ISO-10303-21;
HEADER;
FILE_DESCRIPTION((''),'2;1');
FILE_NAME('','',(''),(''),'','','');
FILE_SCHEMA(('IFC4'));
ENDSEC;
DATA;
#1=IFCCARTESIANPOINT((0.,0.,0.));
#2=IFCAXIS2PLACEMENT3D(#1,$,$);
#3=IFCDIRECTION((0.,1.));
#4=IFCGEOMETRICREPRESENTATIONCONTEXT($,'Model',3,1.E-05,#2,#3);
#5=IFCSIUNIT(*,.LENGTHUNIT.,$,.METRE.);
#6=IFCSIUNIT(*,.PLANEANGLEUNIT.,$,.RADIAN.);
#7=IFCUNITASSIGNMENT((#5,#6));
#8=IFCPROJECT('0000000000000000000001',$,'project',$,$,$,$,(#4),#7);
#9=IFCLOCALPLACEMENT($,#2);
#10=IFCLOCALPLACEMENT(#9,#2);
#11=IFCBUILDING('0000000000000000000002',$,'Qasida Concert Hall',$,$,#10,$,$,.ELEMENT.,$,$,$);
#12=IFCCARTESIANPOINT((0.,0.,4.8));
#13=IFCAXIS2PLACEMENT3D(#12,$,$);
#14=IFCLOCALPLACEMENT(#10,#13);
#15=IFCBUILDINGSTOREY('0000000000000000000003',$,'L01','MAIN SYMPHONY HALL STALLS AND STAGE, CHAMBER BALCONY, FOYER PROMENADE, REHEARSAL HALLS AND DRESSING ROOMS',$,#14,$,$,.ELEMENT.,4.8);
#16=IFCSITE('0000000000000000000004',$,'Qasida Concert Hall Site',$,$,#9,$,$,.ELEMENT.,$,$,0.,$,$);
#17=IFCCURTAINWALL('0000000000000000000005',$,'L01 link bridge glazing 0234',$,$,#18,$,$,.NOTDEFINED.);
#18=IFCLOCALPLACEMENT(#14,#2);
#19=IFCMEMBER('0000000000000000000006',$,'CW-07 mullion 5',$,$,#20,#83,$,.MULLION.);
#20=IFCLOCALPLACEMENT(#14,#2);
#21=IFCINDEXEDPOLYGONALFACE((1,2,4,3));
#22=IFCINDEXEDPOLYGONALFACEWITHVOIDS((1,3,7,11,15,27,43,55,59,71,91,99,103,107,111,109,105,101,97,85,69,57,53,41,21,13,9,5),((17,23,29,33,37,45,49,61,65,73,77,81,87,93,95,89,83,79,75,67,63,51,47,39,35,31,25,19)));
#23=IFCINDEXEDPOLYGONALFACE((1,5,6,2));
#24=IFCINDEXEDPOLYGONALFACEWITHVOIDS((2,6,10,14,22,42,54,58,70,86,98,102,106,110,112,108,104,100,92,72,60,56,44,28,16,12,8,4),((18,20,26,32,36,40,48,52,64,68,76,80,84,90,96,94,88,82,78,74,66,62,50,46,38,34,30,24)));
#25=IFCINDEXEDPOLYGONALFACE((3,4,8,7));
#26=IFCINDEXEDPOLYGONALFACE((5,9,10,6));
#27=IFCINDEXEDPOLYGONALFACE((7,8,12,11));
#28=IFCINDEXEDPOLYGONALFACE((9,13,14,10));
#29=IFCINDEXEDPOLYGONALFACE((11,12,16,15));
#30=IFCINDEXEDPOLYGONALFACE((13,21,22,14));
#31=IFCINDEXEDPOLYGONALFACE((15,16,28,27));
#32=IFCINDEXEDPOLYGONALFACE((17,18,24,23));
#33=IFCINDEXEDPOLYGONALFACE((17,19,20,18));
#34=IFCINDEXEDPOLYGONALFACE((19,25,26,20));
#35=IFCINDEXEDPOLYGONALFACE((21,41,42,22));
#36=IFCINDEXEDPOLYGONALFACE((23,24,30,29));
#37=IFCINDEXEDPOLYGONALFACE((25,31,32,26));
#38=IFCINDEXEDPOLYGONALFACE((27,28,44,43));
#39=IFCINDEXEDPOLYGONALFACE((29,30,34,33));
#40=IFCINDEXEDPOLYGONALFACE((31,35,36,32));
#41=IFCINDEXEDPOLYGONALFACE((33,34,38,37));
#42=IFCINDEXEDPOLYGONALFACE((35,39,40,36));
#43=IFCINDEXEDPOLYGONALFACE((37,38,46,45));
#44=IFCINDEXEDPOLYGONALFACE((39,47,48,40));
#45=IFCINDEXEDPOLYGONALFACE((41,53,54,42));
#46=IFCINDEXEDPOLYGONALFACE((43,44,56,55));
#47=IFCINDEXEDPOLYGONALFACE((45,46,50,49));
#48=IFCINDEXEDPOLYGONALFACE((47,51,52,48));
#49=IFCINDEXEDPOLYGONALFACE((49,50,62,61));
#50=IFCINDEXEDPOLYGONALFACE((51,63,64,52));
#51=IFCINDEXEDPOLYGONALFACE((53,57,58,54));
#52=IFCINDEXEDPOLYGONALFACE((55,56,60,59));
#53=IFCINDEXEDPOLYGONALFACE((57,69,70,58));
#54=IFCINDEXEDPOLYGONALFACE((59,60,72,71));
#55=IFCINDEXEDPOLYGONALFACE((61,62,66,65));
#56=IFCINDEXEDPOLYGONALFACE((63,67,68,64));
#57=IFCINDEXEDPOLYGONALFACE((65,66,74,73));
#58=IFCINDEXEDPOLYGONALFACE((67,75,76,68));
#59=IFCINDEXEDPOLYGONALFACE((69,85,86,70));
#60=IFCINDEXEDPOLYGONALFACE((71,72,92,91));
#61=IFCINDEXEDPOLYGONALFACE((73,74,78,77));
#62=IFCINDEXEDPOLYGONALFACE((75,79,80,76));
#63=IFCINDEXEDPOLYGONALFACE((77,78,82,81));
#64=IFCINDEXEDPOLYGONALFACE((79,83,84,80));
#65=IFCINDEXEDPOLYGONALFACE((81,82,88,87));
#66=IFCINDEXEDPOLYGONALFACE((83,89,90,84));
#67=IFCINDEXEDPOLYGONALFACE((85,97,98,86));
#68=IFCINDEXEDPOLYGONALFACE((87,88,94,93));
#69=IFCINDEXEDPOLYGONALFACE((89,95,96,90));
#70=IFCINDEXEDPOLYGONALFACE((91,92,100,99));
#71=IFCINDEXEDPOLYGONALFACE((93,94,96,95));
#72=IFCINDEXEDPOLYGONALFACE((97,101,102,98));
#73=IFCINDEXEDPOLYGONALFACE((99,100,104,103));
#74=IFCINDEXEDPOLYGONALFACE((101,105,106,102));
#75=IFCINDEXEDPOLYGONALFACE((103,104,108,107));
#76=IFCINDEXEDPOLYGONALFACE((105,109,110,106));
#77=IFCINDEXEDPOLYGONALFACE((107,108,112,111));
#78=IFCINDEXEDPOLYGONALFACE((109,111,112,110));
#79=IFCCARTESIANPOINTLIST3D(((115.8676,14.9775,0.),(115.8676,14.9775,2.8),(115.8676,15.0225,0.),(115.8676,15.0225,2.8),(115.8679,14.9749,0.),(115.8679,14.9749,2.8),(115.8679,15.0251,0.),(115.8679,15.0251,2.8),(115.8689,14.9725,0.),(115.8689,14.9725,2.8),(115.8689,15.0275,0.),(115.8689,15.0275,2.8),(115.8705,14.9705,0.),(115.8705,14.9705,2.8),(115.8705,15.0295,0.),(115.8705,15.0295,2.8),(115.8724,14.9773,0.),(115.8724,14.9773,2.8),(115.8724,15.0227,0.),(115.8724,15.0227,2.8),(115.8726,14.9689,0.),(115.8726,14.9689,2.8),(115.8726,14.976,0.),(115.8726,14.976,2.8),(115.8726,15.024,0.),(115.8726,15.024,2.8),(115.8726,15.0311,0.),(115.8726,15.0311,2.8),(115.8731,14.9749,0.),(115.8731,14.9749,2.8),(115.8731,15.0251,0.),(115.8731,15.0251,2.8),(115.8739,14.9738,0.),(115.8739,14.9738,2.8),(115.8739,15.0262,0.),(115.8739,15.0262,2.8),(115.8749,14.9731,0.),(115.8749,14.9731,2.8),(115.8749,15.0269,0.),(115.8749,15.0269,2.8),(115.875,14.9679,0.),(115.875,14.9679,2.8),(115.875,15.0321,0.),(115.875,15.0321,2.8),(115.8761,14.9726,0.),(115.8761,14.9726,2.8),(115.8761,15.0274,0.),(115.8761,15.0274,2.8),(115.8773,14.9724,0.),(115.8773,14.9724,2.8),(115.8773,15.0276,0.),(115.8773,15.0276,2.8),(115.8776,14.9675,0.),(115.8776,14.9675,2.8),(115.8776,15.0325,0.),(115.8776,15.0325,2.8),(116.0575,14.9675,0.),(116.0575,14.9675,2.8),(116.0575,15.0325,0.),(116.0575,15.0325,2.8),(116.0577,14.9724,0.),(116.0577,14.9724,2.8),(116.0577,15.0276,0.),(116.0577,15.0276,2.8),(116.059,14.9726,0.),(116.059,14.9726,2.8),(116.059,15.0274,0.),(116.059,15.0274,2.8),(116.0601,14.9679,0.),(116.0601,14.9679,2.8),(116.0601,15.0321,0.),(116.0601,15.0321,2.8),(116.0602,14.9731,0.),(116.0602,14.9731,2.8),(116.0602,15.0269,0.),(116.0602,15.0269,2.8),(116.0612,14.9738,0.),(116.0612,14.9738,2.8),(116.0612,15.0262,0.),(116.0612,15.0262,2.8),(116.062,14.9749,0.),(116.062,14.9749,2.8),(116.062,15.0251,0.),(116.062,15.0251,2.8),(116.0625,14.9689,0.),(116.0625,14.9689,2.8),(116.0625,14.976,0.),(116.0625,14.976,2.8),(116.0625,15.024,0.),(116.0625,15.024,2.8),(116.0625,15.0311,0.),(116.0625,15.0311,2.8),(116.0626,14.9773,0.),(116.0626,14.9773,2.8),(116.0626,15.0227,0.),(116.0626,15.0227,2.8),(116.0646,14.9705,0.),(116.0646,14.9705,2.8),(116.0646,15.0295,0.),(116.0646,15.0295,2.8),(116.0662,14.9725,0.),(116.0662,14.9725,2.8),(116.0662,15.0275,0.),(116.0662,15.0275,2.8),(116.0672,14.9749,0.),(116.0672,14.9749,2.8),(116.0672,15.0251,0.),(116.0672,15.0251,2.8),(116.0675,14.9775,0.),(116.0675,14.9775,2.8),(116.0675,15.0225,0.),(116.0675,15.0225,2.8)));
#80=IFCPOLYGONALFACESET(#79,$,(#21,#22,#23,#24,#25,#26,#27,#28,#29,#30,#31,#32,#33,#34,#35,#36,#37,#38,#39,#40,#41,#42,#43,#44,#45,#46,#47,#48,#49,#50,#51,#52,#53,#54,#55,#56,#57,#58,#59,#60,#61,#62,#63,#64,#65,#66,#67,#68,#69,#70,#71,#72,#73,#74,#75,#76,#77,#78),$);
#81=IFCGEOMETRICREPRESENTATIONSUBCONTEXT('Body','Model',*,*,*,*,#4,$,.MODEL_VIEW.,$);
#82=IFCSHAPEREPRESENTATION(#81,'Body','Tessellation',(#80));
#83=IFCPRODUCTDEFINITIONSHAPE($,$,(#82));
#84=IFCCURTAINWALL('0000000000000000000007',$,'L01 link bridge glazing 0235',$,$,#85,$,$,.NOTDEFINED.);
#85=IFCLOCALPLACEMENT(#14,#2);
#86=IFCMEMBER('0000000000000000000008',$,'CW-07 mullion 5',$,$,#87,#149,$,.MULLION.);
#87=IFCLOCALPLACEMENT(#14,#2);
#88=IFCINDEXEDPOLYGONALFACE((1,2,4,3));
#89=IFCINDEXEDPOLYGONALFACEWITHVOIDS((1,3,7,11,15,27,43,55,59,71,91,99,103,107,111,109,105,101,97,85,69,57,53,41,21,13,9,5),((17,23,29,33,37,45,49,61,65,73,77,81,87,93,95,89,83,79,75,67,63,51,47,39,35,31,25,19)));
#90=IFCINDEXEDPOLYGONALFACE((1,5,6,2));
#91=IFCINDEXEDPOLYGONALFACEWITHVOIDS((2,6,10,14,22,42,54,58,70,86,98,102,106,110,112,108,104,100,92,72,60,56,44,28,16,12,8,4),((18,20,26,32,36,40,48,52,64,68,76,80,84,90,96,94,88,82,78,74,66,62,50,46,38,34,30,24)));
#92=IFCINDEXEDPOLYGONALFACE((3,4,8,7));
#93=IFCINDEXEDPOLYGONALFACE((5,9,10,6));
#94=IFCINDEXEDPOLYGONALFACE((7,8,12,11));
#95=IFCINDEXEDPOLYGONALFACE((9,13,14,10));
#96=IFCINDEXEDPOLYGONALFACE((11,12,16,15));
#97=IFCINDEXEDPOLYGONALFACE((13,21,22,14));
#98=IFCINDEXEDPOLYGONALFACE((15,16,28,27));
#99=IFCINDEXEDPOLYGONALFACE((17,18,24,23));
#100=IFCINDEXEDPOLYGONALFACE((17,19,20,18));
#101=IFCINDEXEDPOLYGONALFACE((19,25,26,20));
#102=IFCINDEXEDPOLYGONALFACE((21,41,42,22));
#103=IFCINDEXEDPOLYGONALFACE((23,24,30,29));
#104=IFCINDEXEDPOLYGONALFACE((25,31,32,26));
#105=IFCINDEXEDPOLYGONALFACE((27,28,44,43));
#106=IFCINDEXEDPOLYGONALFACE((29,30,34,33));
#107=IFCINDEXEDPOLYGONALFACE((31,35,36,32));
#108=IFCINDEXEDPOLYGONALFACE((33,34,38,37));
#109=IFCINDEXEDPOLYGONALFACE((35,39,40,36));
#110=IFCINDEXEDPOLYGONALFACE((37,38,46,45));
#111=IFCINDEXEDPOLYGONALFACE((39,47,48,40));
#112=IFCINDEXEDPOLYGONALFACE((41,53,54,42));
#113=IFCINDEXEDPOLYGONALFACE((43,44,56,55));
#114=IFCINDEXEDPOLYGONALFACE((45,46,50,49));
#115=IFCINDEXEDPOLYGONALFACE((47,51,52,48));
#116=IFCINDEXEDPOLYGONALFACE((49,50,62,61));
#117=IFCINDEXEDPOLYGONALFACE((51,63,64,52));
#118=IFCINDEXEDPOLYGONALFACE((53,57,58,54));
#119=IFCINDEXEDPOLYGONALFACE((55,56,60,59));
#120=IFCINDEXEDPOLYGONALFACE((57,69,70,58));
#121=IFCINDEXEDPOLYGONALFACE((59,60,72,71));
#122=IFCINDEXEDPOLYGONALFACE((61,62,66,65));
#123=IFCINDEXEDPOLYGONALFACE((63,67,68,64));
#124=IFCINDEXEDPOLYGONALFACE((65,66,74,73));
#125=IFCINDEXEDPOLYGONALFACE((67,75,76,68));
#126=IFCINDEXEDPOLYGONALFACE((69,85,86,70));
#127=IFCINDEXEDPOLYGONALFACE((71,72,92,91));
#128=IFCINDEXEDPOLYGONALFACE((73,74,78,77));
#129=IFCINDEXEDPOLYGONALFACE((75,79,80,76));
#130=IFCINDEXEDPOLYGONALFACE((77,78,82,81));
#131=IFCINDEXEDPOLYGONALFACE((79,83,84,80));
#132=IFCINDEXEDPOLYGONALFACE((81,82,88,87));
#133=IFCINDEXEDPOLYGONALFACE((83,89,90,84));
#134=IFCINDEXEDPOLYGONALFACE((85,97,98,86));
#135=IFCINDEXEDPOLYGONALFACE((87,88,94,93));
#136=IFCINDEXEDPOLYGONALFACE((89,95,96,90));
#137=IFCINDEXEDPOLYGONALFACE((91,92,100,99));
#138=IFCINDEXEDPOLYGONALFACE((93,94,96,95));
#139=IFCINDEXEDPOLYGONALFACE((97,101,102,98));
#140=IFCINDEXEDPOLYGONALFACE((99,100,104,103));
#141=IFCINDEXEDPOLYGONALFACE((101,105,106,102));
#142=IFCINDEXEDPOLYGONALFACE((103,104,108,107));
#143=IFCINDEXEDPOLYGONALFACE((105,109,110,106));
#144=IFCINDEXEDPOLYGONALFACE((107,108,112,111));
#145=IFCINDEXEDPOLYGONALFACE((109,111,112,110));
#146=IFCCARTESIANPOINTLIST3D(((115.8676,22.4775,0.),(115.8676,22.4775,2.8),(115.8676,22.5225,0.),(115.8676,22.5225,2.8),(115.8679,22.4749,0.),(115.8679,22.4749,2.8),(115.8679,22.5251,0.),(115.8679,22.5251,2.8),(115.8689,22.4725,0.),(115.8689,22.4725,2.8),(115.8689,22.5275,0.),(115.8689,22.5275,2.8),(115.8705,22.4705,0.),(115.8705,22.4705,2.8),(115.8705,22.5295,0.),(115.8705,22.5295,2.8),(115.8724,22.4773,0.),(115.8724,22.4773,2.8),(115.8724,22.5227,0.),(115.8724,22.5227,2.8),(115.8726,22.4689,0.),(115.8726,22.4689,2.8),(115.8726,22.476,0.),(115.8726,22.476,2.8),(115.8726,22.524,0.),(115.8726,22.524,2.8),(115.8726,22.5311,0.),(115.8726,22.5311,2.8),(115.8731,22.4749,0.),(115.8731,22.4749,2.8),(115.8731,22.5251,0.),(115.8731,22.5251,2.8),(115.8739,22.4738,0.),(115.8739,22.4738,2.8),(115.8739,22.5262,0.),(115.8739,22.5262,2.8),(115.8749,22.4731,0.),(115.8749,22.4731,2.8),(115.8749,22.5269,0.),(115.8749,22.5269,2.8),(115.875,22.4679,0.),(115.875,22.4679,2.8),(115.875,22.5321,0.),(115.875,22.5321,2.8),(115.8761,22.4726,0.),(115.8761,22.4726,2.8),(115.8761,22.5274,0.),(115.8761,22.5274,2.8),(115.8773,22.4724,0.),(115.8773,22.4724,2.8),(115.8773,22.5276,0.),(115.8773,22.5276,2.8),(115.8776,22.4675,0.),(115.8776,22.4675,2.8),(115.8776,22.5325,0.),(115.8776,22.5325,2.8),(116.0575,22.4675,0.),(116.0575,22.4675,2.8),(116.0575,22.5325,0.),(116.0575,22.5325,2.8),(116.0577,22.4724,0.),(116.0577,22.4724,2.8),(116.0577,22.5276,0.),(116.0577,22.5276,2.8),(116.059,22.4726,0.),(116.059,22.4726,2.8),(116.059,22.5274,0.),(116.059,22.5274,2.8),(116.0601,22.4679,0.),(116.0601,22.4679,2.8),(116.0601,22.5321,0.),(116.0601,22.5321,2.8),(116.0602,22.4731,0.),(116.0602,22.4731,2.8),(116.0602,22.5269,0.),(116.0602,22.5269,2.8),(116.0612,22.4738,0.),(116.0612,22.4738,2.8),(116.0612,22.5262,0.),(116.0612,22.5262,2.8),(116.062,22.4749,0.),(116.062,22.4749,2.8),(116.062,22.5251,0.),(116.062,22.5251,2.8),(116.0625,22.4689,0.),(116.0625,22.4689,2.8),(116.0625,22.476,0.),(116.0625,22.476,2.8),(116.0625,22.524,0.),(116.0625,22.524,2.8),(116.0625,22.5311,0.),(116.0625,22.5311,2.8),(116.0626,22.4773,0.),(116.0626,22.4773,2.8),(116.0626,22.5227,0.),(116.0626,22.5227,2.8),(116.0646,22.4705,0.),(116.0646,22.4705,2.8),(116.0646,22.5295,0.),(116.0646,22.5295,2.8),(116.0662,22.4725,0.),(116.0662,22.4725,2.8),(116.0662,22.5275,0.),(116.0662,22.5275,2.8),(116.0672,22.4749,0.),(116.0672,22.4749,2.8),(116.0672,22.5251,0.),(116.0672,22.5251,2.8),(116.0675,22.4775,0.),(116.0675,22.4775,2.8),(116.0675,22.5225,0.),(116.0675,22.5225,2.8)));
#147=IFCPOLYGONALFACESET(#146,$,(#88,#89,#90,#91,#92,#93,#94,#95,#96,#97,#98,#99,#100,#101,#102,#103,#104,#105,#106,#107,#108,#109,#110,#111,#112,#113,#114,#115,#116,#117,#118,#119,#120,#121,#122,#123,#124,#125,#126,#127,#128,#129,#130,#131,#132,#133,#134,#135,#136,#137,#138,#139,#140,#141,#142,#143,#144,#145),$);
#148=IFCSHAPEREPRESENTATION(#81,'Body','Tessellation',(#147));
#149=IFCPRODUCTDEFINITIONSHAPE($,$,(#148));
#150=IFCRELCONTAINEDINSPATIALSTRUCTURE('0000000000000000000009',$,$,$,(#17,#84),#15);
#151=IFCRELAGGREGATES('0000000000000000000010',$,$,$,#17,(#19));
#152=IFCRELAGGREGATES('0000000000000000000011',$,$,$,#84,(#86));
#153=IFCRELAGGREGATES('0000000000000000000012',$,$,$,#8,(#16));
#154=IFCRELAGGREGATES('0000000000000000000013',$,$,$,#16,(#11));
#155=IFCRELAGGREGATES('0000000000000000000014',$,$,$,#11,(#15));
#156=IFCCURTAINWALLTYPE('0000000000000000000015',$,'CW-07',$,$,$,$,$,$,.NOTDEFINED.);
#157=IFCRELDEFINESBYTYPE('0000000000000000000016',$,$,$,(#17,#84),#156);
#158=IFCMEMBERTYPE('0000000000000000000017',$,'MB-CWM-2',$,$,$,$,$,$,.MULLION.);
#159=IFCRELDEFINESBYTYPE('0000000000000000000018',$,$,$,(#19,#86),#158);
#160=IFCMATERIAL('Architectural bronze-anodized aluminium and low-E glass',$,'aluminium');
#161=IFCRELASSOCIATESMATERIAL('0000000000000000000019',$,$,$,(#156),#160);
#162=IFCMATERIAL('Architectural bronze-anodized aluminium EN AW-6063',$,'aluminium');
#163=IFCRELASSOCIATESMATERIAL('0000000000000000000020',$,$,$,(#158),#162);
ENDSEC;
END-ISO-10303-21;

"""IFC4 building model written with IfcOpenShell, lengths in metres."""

from ifc_helpers import new_model, si_unit, direction, frame, origin, origin_2d, place, context, subcontext, project, spatial, hollow_rectangle, extrude, material, material_profile, profile_set, type_object, element, aggregate, save


model = new_model("IFC4")

# Units and contexts
model_context = context("Model", 3, precision=1e-05, world=origin(), true_north=direction((0.0, 1.0)))
body_context = subcontext(model_context, "Body", "Model", "MODEL_VIEW")
ifc_project = project(units=[si_unit("LENGTHUNIT", "METRE"), si_unit("PLANEANGLEUNIT", "RADIAN")], contexts=[model_context])

# Site, building, storey
site_placement = place(None, origin())
site = spatial("IfcSite", under=ifc_project, at=site_placement, Name="Qasida Concert Hall Site", CompositionType="ELEMENT", RefElevation=0.0)
building_placement = place(site_placement, origin())
building = spatial("IfcBuilding", under=site, at=building_placement, Name="Qasida Concert Hall", CompositionType="ELEMENT")
storey_placement = place(building_placement, frame((0.0, 0.0, 4.8)))
storey = spatial("IfcBuildingStorey", under=building, at=storey_placement, Name="L01", Description="MAIN SYMPHONY HALL STALLS AND STAGE, CHAMBER BALCONY, FOYER PROMENADE, REHEARSAL HALLS AND DRESSING ROOMS", CompositionType="ELEMENT", Elevation=4.8)

# Curtain walls, members
ifc_material_1 = material(Name="Architectural bronze-anodized aluminium and low-E glass", Category="aluminium")
curtain_wall_type = type_object("IfcCurtainWallType", Name="CW-07", PredefinedType="NOTDEFINED", material=ifc_material_1)
curtain_wall_1_placement = place(storey_placement, origin())
curtain_wall_1 = element("IfcCurtainWall", 1, at=curtain_wall_1_placement, inside=storey, type_object=curtain_wall_type, Name="L01 link bridge glazing 0234", PredefinedType="NOTDEFINED")
ifc_material_2 = material(Name="Architectural bronze-anodized aluminium EN AW-6063", Category="aluminium")
ifc_material_profile_1 = material_profile(ifc_material_2, hollow_rectangle(XDim=0.0649, YDim=0.2, WallThickness=0.0049, InnerFilletRadius=0.0049, OuterFilletRadius=0.01, at=origin_2d()), Name="CWM 200x65x5")
ifc_profile_set_1 = profile_set([ifc_material_profile_1], Name="Architectural bronze-anodized aluminium EN AW-6063")
member_type_1 = type_object("IfcMemberType", Name="MB-CWM-2", PredefinedType="MULLION", material=ifc_profile_set_1)
member_1_placement = place(storey_placement, frame((115.9675, 15.0, 0.0), z_axis=(0.0, 0.0, 1.0), x_axis=(0.0, 1.0, 0.0)))
member_1 = element("IfcMember", 2, at=member_1_placement, type_object=member_type_1, Name="CW-07 mullion 5", PredefinedType="MULLION", context=body_context, shape_type="SweptSolid", body=[
    extrude(hollow_rectangle(XDim=0.0649, YDim=0.2, WallThickness=0.0049, InnerFilletRadius=0.0049, OuterFilletRadius=0.01, at=origin_2d()), origin(), (0.0, 0.0, 1.0), 2.8),
])
curtain_wall_2_placement = place(storey_placement, origin())
curtain_wall_2 = element("IfcCurtainWall", 3, at=curtain_wall_2_placement, inside=storey, type_object=curtain_wall_type, Name="L01 link bridge glazing 0235", PredefinedType="NOTDEFINED")
member_2_placement = place(storey_placement, frame((115.9675, 22.5, 0.0), z_axis=(0.0, 0.0, 1.0), x_axis=(0.0, 1.0, 0.0)))
member_2 = element("IfcMember", 4, at=member_2_placement, type_object=member_type_1, Name="CW-07 mullion 5", PredefinedType="MULLION", context=body_context, shape_type="SweptSolid", body=[
    extrude(hollow_rectangle(XDim=0.0649, YDim=0.2, WallThickness=0.0049, InnerFilletRadius=0.0049, OuterFilletRadius=0.01, at=origin_2d()), origin(), (0.0, 0.0, 1.0), 2.8),
])

aggregate(curtain_wall_1, [member_1])
aggregate(curtain_wall_2, [member_2])

save(model, "model.ifc")
